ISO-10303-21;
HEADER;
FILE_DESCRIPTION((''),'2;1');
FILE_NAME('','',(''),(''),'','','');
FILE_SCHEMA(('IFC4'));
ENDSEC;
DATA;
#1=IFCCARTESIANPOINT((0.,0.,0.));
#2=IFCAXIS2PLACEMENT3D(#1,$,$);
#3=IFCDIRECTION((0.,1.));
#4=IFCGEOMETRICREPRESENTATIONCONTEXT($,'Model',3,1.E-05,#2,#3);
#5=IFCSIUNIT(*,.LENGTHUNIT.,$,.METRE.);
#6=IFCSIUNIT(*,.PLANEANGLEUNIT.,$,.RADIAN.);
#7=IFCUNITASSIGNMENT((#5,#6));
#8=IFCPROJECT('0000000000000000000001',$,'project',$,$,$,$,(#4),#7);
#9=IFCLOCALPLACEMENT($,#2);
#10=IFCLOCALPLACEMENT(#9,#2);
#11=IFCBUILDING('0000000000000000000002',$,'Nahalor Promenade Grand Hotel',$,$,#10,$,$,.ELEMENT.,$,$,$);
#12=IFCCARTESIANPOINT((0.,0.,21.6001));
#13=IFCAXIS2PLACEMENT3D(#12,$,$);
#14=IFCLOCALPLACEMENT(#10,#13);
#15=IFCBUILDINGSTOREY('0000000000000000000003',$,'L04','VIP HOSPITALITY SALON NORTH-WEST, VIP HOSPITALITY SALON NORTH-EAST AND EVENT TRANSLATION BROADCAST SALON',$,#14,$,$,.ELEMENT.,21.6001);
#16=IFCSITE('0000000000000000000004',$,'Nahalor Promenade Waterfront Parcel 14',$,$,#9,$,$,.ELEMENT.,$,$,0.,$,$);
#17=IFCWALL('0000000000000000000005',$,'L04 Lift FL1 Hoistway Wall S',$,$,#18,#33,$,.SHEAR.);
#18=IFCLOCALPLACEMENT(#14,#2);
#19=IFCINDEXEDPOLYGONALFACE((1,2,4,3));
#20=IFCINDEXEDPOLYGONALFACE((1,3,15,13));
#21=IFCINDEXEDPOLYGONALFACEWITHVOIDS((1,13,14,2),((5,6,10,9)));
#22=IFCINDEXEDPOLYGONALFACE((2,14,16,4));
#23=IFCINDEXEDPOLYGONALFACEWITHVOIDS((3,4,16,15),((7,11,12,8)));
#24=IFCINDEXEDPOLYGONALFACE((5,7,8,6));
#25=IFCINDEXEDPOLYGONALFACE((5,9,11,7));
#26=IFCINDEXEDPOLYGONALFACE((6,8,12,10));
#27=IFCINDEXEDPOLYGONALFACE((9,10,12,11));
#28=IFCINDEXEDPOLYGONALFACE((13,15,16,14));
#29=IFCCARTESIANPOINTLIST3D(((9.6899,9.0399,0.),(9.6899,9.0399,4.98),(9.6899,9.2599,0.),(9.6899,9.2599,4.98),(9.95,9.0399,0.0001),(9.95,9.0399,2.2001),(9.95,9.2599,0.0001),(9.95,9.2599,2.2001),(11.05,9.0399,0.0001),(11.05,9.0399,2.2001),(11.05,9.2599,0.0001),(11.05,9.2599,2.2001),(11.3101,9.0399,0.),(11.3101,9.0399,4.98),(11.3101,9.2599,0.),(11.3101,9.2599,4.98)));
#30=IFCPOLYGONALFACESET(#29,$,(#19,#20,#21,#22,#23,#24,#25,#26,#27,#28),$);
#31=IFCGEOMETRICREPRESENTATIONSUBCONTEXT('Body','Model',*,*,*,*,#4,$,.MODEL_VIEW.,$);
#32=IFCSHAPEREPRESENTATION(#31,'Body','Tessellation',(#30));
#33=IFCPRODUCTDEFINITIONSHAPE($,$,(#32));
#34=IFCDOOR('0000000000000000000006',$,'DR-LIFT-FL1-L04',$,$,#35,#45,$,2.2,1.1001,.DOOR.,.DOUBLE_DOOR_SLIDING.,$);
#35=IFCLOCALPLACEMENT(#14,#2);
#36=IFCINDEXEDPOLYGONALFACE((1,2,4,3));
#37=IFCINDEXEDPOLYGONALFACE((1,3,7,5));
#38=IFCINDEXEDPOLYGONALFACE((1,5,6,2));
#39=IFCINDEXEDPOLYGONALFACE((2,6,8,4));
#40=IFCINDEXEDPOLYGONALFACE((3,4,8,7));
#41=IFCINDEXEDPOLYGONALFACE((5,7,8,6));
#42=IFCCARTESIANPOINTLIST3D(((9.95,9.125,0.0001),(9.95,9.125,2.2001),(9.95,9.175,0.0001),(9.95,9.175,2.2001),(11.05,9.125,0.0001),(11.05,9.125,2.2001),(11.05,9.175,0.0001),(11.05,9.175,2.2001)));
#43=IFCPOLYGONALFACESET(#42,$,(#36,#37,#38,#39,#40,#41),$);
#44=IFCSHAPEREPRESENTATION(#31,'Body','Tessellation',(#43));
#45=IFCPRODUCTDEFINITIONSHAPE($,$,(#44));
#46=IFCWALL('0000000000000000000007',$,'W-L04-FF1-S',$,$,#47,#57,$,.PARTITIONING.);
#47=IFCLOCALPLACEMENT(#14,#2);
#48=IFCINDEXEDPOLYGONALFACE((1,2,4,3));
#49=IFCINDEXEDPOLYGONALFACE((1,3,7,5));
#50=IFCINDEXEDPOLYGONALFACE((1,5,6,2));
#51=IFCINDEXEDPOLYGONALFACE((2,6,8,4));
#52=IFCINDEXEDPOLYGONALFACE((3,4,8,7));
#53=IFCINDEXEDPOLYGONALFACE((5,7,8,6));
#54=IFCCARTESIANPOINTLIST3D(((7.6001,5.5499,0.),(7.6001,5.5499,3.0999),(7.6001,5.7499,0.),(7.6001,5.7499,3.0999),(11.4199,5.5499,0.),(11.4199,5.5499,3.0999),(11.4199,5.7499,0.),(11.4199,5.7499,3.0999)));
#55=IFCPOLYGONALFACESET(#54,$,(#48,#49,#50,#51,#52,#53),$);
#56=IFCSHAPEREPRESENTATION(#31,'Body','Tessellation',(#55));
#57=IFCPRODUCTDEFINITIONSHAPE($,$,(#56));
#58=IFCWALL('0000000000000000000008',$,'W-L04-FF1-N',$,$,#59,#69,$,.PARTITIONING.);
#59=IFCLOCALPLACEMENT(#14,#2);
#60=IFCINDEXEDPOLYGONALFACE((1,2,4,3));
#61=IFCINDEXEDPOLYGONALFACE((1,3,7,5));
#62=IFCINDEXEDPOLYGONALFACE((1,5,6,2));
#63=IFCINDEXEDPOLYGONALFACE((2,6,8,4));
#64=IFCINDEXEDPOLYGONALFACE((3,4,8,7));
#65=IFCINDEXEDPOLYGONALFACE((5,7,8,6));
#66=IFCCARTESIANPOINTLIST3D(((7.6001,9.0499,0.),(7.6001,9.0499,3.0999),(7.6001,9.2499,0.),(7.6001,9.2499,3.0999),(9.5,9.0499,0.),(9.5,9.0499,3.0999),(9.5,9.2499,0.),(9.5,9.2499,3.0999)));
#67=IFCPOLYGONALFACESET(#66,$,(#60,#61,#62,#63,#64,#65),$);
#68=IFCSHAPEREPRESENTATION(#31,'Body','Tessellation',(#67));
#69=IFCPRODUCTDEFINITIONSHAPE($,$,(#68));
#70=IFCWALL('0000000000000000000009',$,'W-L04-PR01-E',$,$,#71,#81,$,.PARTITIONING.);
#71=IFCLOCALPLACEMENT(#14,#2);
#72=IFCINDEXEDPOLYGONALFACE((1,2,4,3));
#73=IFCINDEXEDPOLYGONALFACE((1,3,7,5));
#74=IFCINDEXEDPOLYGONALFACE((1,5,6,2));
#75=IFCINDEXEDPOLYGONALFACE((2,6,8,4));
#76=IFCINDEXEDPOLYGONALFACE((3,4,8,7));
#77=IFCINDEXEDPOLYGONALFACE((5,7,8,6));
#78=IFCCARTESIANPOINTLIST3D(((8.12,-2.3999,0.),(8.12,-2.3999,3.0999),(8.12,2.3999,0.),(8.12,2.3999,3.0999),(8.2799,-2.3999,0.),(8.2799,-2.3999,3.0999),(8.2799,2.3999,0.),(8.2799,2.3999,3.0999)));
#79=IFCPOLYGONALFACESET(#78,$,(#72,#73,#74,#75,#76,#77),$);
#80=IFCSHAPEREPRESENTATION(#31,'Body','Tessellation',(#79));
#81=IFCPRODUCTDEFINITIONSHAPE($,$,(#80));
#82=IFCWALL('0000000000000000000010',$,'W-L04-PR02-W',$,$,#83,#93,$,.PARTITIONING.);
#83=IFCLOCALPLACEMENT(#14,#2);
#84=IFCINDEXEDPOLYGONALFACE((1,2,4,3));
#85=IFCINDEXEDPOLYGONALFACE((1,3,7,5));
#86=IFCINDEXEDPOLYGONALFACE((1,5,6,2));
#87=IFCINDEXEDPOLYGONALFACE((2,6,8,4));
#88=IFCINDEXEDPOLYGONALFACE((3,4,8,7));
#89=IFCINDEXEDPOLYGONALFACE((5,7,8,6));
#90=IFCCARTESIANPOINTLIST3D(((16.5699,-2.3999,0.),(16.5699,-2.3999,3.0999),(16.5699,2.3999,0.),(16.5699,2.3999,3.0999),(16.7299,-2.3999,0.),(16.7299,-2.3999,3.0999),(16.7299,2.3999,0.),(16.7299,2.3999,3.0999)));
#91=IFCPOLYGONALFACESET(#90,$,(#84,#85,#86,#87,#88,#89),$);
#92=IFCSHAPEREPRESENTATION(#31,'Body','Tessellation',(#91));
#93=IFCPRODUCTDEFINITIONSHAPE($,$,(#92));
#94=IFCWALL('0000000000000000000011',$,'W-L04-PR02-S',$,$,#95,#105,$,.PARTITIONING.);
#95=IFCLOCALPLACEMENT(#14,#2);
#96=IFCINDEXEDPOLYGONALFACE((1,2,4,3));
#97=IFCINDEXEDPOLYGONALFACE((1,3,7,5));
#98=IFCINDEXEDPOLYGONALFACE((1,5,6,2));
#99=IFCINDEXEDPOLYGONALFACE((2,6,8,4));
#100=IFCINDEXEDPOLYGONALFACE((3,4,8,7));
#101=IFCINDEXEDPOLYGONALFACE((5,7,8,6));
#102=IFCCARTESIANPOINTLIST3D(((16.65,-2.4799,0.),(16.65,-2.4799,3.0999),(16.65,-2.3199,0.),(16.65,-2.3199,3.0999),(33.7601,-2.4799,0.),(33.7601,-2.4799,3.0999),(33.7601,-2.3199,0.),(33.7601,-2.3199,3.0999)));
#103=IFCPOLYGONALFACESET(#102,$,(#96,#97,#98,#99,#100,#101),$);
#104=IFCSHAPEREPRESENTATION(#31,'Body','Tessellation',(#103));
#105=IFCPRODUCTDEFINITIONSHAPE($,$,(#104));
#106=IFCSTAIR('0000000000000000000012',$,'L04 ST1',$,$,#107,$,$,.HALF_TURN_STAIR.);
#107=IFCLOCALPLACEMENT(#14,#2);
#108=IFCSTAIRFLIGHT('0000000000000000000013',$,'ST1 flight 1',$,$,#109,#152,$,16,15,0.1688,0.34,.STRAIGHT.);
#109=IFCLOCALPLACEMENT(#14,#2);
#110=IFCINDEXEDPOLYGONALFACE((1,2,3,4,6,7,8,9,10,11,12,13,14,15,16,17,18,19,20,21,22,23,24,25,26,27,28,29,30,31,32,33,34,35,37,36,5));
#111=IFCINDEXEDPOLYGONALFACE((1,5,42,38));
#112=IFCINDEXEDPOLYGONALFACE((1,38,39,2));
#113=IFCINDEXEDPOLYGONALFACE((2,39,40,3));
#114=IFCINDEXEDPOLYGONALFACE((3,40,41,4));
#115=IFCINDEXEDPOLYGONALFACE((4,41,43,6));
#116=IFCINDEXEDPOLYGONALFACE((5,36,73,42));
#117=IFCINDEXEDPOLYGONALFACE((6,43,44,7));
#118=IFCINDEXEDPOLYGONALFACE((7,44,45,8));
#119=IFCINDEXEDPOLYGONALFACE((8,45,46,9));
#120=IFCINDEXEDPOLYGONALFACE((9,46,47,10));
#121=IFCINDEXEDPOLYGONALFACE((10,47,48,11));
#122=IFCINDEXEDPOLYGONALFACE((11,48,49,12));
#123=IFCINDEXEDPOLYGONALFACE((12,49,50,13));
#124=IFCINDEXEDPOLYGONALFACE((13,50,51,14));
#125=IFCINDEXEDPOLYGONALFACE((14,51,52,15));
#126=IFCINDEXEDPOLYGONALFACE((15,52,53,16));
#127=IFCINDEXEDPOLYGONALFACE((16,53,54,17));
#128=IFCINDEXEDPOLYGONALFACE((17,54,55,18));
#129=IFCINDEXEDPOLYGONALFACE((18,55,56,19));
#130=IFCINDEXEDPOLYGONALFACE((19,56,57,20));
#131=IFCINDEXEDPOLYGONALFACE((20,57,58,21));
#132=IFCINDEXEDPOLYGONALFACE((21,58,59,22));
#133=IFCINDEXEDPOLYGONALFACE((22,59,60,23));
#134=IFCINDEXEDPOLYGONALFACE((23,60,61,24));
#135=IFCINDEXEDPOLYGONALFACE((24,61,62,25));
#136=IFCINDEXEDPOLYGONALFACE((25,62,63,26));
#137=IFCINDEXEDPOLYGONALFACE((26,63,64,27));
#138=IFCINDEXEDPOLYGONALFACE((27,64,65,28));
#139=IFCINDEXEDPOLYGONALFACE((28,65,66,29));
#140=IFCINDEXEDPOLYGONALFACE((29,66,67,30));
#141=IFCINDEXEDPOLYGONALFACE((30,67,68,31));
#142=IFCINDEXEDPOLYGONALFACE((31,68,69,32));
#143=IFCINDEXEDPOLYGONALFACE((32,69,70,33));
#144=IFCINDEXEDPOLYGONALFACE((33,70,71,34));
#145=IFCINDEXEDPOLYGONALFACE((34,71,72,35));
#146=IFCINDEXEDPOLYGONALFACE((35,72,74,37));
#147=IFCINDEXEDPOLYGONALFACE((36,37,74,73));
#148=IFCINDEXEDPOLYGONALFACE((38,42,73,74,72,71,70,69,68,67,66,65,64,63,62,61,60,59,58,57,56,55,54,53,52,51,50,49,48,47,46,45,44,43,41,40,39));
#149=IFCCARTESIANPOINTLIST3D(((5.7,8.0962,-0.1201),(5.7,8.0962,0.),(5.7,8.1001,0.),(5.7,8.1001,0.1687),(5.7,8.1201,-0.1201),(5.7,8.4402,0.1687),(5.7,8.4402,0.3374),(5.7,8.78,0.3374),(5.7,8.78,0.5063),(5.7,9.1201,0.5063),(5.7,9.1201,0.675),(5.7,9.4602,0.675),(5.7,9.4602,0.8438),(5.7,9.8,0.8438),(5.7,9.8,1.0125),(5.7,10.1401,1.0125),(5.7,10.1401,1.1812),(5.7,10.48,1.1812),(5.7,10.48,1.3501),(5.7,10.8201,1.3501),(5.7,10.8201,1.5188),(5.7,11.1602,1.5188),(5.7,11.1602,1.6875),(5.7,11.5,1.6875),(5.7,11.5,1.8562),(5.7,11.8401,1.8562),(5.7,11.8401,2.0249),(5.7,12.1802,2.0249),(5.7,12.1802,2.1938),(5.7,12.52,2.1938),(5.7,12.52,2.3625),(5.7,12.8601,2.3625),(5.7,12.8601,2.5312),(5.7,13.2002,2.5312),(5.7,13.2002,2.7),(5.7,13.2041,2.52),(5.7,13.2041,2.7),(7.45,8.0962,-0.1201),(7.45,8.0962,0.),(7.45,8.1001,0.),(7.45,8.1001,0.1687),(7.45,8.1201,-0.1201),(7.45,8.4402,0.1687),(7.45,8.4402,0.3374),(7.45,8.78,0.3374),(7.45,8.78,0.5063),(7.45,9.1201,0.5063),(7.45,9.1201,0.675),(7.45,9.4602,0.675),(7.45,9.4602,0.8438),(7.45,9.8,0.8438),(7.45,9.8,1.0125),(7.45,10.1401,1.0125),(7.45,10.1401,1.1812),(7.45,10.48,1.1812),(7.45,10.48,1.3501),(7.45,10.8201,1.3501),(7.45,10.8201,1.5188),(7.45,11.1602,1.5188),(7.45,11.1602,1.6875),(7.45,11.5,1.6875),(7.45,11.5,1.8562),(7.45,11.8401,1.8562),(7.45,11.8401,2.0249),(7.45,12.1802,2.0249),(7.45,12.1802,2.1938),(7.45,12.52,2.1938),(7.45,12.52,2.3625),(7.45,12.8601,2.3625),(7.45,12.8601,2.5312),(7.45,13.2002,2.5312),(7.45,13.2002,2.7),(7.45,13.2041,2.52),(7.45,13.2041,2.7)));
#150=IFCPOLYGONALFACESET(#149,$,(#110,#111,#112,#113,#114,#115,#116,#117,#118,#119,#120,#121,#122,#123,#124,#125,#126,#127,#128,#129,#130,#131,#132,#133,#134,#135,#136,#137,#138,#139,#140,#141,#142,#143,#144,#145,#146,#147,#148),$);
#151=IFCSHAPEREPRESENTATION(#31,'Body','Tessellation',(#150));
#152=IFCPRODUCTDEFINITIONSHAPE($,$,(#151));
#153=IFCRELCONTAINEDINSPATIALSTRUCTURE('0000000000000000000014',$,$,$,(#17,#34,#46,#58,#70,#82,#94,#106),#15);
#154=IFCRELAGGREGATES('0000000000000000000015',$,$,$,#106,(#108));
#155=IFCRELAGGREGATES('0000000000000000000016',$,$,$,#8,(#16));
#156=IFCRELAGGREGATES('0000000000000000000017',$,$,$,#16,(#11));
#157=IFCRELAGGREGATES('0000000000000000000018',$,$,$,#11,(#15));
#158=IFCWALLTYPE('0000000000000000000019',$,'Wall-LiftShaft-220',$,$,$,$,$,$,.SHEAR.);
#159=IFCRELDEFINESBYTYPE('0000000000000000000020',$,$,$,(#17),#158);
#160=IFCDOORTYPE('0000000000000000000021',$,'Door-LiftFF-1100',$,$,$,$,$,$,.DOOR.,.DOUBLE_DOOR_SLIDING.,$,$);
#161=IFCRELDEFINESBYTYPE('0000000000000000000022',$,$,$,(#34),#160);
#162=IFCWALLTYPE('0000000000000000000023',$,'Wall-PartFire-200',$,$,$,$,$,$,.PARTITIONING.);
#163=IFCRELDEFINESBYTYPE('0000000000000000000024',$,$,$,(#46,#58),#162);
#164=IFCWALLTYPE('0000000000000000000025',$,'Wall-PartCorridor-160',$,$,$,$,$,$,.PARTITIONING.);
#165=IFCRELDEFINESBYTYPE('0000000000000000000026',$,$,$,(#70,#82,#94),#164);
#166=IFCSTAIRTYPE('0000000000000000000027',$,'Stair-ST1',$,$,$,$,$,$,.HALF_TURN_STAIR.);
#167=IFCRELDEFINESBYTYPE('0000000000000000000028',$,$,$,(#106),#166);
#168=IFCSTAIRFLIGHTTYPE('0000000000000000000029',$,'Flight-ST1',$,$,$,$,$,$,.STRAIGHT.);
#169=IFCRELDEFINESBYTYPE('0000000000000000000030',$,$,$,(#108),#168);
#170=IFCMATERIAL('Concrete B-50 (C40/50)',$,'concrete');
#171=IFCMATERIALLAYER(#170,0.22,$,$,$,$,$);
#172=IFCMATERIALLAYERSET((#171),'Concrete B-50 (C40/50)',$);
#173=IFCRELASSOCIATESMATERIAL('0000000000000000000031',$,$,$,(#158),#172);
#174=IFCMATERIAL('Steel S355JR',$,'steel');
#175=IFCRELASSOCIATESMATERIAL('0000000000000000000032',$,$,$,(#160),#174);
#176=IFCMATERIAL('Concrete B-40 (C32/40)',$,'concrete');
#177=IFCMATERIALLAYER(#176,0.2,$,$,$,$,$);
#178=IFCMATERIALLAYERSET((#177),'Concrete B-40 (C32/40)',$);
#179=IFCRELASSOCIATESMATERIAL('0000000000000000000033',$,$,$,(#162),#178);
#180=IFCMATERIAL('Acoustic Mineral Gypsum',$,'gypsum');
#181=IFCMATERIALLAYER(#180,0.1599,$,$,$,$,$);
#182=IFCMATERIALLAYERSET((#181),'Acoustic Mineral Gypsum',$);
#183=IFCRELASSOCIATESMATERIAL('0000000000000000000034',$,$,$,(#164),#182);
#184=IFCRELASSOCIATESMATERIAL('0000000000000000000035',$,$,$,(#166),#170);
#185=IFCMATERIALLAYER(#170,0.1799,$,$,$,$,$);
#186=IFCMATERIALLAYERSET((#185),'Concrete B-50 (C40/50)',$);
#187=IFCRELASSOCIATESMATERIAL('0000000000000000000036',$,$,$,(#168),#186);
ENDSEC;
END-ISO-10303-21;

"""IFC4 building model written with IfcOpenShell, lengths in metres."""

from ifc_helpers import new_model, si_unit, direction, frame, frame_2d, origin, place, context, subcontext, project, spatial, polyline, rectangle, outline, extrude, source, transform, mapped, material, layer, layer_set, type_object, element, fill, aggregate, save


model = new_model("IFC4")

# Units and contexts
model_context = context("Model", 3, precision=1e-05, world=origin(), true_north=direction((0.0, 1.0)))
body_context = subcontext(model_context, "Body", "Model", "MODEL_VIEW")
ifc_project = project(units=[si_unit("LENGTHUNIT", "METRE"), si_unit("PLANEANGLEUNIT", "RADIAN")], contexts=[model_context])

# Site, building, storey
site_placement = place(None, origin())
site = spatial("IfcSite", under=ifc_project, at=site_placement, Name="Nahalor Promenade Waterfront Parcel 14", CompositionType="ELEMENT", RefElevation=0.0)
building_placement = place(site_placement, origin())
building = spatial("IfcBuilding", under=site, at=building_placement, Name="Nahalor Promenade Grand Hotel", CompositionType="ELEMENT")
storey_placement = place(building_placement, frame((0.0, 0.0, 21.6001)))
storey = spatial("IfcBuildingStorey", under=building, at=storey_placement, Name="L04", Description="VIP HOSPITALITY SALON NORTH-WEST, VIP HOSPITALITY SALON NORTH-EAST AND EVENT TRANSLATION BROADCAST SALON", CompositionType="ELEMENT", Elevation=21.6001)

# Shared definitions
ifc_material_1 = material(Name="Steel S355JR", Category="steel")

# Shared definitions
ifc_material_2 = material(Name="Concrete B-50 (C40/50)", Category="concrete")

# Shared definitions
ifc_layer_1 = layer(ifc_material_2, 0.22)
ifc_layer_set_1 = layer_set([ifc_layer_1], Name="Concrete B-50 (C40/50)")
wall_type_1 = type_object("IfcWallType", Name="Wall-LiftShaft-220", PredefinedType="SHEAR", material=ifc_layer_set_1)

# Wall, opening, door
shared_shape_1 = source(origin(), body_context, "Body", "SweptSolid", [
    extrude(rectangle(XDim=1.6201, YDim=0.22, at=frame_2d((0.8101, 0.0))), origin(), (0.0, 0.0, 1.0), 4.98),
])
wall_1_placement = place(storey_placement, frame((9.6899, 9.1499, 0.0), z_axis=(0.0, 0.0, 1.0), x_axis=(1.0, 0.0, 0.0)))
wall_1 = element("IfcWall", 1, at=wall_1_placement, inside=storey, type_object=wall_type_1, Name="L04 Lift FL1 Hoistway Wall S", PredefinedType="SHEAR", context=body_context, shape_type="MappedRepresentation", body=[
    mapped(shared_shape_1, transform((0.0, 0.0, 0.0), scale=1.0)),
])
opening_1_placement = place(wall_1_placement, frame((0.26, 0.0, 0.0)))
opening_1 = element("IfcOpeningElement", 2, at=opening_1_placement, cuts=wall_1, PredefinedType="OPENING", context=body_context, shape_type="SweptSolid", body=[
    extrude(rectangle(XDim=1.1001, YDim=2.2, at=frame_2d((0.55, 1.1001))), frame((0.0, 0.1199, 0.0), z_axis=(0.0, -1.0, 0.0), x_axis=(1.0, 0.0, 0.0)), (0.0, 0.0, 1.0), 0.24),
])
door_type_1 = type_object("IfcDoorType", Name="Door-LiftFF-1100", OperationType="DOUBLE_DOOR_SLIDING", PredefinedType="DOOR", material=ifc_material_1)
shared_shape_2 = source(origin(), body_context, "Body", "SweptSolid", [
    extrude(rectangle(XDim=1.1001, YDim=2.2, at=frame_2d((0.55, 1.1001))), frame((0.0, 0.0249, 0.0), z_axis=(0.0, -1.0, 0.0), x_axis=(1.0, 0.0, 0.0)), (0.0, 0.0, 1.0), 0.05),
])
door_1_placement = place(opening_1_placement, frame((1.1001, 0.0, 0.0), z_axis=(0.0, 0.0, 1.0), x_axis=(-1.0, 0.0, 0.0)))
door_1 = element("IfcDoor", 3, at=door_1_placement, inside=storey, type_object=door_type_1, Name="DR-LIFT-FL1-L04", OperationType="DOUBLE_DOOR_SLIDING", OverallHeight=2.2, OverallWidth=1.1001, PredefinedType="DOOR", context=body_context, shape_type="MappedRepresentation", body=[
    mapped(shared_shape_2, transform((0.0, 0.0, 0.0), scale=1.0)),
])
fill(opening_1, door_1)

# Walls
ifc_material_3 = material(Name="Concrete B-40 (C32/40)", Category="concrete")
ifc_layer_2 = layer(ifc_material_3, 0.2)
ifc_layer_set_2 = layer_set([ifc_layer_2], Name="Concrete B-40 (C32/40)")
wall_type_2 = type_object("IfcWallType", Name="Wall-PartFire-200", PredefinedType="PARTITIONING", material=ifc_layer_set_2)
shared_shape_3 = source(origin(), body_context, "Body", "SweptSolid", [
    extrude(rectangle(XDim=3.8198, YDim=0.2, at=frame_2d((1.9099, 0.0))), origin(), (0.0, 0.0, 1.0), 3.0999),
])
wall_2_placement = place(storey_placement, frame((7.6001, 5.6499, 0.0), z_axis=(0.0, 0.0, 1.0), x_axis=(1.0, 0.0, 0.0)))
element("IfcWall", 4, at=wall_2_placement, inside=storey, type_object=wall_type_2, Name="W-L04-FF1-S", PredefinedType="PARTITIONING", context=body_context, shape_type="MappedRepresentation", body=[
    mapped(shared_shape_3, transform((0.0, 0.0, 0.0), scale=1.0)),
])
shared_shape_4 = source(origin(), body_context, "Body", "SweptSolid", [
    extrude(rectangle(XDim=1.8999, YDim=0.2, at=frame_2d((0.95, 0.0))), origin(), (0.0, 0.0, 1.0), 3.0999),
])
wall_3_placement = place(storey_placement, frame((7.6001, 9.1499, 0.0), z_axis=(0.0, 0.0, 1.0), x_axis=(1.0, 0.0, 0.0)))
element("IfcWall", 5, at=wall_3_placement, inside=storey, type_object=wall_type_2, Name="W-L04-FF1-N", PredefinedType="PARTITIONING", context=body_context, shape_type="MappedRepresentation", body=[
    mapped(shared_shape_4, transform((0.0, 0.0, 0.0), scale=1.0)),
])

# Walls
ifc_material_4 = material(Name="Acoustic Mineral Gypsum", Category="gypsum")
ifc_layer_3 = layer(ifc_material_4, 0.1599)
ifc_layer_set_3 = layer_set([ifc_layer_3], Name="Acoustic Mineral Gypsum")
wall_type_3 = type_object("IfcWallType", Name="Wall-PartCorridor-160", PredefinedType="PARTITIONING", material=ifc_layer_set_3)
shared_shape_5 = source(origin(), body_context, "Body", "SweptSolid", [
    extrude(rectangle(XDim=4.7998, YDim=0.1599, at=frame_2d((2.3999, 0.0))), origin(), (0.0, 0.0, 1.0), 3.0999),
])
for number, where, z_axis, x_axis, name in (
    (6, (8.2, -2.3999, 0.0), (0.0, 0.0, 1.0), (0.0, 1.0, 0.0), "W-L04-PR01-E"),
    (7, (16.6499, -2.3999, 0.0), (0.0, 0.0, 1.0), (0.0, 1.0, 0.0), "W-L04-PR02-W"),
):
    element("IfcWall", number, at=place(storey_placement, frame(where, z_axis=z_axis, x_axis=x_axis)), inside=storey, type_object=wall_type_3, Name=name, PredefinedType="PARTITIONING", context=body_context, shape_type="MappedRepresentation", body=[
        mapped(shared_shape_5, transform((0.0, 0.0, 0.0), scale=1.0)),
    ])
shared_shape_6 = source(origin(), body_context, "Body", "SweptSolid", [
    extrude(rectangle(XDim=17.1101, YDim=0.1599, at=frame_2d((8.5552, 0.0))), origin(), (0.0, 0.0, 1.0), 3.0999),
])
wall_4_placement = place(storey_placement, frame((16.6499, -2.3999, 0.0), z_axis=(0.0, 0.0, 1.0), x_axis=(1.0, 0.0, 0.0)))
element("IfcWall", 8, at=wall_4_placement, inside=storey, type_object=wall_type_3, Name="W-L04-PR02-S", PredefinedType="PARTITIONING", context=body_context, shape_type="MappedRepresentation", body=[
    mapped(shared_shape_6, transform((0.0, 0.0, 0.0), scale=1.0)),
])

# Stair, stair flight
stair_type = type_object("IfcStairType", Name="Stair-ST1", PredefinedType="HALF_TURN_STAIR", material=ifc_material_2)
stair_placement = place(storey_placement, origin())
stair = element("IfcStair", 9, at=stair_placement, inside=storey, type_object=stair_type, Name="L04 ST1", PredefinedType="HALF_TURN_STAIR")
ifc_layer_4 = layer(ifc_material_2, 0.1799)
ifc_layer_set_4 = layer_set([ifc_layer_4], Name="Concrete B-50 (C40/50)")
stair_flight_type = type_object("IfcStairFlightType", Name="Flight-ST1", PredefinedType="STRAIGHT", material=ifc_layer_set_4)
shared_shape_7 = source(origin(), body_context, "Body", "SweptSolid", [
    extrude(outline(polyline([(-0.0039, -0.1201), (-0.0039, 0.0), (0.0, 0.0), (0.0, 0.1687), (0.3401, 0.1687), (0.3401, 0.3374), (0.6799, 0.3374), (0.6799, 0.5063), (1.02, 0.5063), (1.02, 0.675), (1.3601, 0.675), (1.3601, 0.8438), (1.7, 0.8438), (1.7, 1.0125), (2.04, 1.0125), (2.04, 1.1812), (2.3799, 1.1812), (2.3799, 1.3501), (2.72, 1.3501), (2.72, 1.5188), (3.0601, 1.5188), (3.0601, 1.6875), (3.3999, 1.6875), (3.3999, 1.8562), (3.74, 1.8562), (3.74, 2.0249), (4.0801, 2.0249), (4.0801, 2.1938), (4.4199, 2.1938), (4.4199, 2.3625), (4.76, 2.3625), (4.76, 2.5312), (5.1001, 2.5312), (5.1001, 2.7), (5.104, 2.7), (5.104, 2.52), (0.02, -0.1201), (-0.0039, -0.1201)])), frame((0.0, 0.875, 0.0), z_axis=(0.0, -1.0, 0.0), x_axis=(1.0, 0.0, 0.0)), (0.0, 0.0, 1.0), 1.75),
])
stair_flight_placement = place(storey_placement, frame((6.575, 8.1001, 0.0), z_axis=(0.0, 0.0, 1.0), x_axis=(0.0, 1.0, 0.0)))
stair_flight = element("IfcStairFlight", 10, at=stair_flight_placement, type_object=stair_flight_type, Name="ST1 flight 1", NumberOfRisers=16, NumberOfTreads=15, PredefinedType="STRAIGHT", RiserHeight=0.1688, TreadLength=0.34, context=body_context, shape_type="MappedRepresentation", body=[
    mapped(shared_shape_7, transform((0.0, 0.0, 0.0), scale=1.0)),
])
aggregate(stair, [stair_flight])

save(model, "model.ifc")
